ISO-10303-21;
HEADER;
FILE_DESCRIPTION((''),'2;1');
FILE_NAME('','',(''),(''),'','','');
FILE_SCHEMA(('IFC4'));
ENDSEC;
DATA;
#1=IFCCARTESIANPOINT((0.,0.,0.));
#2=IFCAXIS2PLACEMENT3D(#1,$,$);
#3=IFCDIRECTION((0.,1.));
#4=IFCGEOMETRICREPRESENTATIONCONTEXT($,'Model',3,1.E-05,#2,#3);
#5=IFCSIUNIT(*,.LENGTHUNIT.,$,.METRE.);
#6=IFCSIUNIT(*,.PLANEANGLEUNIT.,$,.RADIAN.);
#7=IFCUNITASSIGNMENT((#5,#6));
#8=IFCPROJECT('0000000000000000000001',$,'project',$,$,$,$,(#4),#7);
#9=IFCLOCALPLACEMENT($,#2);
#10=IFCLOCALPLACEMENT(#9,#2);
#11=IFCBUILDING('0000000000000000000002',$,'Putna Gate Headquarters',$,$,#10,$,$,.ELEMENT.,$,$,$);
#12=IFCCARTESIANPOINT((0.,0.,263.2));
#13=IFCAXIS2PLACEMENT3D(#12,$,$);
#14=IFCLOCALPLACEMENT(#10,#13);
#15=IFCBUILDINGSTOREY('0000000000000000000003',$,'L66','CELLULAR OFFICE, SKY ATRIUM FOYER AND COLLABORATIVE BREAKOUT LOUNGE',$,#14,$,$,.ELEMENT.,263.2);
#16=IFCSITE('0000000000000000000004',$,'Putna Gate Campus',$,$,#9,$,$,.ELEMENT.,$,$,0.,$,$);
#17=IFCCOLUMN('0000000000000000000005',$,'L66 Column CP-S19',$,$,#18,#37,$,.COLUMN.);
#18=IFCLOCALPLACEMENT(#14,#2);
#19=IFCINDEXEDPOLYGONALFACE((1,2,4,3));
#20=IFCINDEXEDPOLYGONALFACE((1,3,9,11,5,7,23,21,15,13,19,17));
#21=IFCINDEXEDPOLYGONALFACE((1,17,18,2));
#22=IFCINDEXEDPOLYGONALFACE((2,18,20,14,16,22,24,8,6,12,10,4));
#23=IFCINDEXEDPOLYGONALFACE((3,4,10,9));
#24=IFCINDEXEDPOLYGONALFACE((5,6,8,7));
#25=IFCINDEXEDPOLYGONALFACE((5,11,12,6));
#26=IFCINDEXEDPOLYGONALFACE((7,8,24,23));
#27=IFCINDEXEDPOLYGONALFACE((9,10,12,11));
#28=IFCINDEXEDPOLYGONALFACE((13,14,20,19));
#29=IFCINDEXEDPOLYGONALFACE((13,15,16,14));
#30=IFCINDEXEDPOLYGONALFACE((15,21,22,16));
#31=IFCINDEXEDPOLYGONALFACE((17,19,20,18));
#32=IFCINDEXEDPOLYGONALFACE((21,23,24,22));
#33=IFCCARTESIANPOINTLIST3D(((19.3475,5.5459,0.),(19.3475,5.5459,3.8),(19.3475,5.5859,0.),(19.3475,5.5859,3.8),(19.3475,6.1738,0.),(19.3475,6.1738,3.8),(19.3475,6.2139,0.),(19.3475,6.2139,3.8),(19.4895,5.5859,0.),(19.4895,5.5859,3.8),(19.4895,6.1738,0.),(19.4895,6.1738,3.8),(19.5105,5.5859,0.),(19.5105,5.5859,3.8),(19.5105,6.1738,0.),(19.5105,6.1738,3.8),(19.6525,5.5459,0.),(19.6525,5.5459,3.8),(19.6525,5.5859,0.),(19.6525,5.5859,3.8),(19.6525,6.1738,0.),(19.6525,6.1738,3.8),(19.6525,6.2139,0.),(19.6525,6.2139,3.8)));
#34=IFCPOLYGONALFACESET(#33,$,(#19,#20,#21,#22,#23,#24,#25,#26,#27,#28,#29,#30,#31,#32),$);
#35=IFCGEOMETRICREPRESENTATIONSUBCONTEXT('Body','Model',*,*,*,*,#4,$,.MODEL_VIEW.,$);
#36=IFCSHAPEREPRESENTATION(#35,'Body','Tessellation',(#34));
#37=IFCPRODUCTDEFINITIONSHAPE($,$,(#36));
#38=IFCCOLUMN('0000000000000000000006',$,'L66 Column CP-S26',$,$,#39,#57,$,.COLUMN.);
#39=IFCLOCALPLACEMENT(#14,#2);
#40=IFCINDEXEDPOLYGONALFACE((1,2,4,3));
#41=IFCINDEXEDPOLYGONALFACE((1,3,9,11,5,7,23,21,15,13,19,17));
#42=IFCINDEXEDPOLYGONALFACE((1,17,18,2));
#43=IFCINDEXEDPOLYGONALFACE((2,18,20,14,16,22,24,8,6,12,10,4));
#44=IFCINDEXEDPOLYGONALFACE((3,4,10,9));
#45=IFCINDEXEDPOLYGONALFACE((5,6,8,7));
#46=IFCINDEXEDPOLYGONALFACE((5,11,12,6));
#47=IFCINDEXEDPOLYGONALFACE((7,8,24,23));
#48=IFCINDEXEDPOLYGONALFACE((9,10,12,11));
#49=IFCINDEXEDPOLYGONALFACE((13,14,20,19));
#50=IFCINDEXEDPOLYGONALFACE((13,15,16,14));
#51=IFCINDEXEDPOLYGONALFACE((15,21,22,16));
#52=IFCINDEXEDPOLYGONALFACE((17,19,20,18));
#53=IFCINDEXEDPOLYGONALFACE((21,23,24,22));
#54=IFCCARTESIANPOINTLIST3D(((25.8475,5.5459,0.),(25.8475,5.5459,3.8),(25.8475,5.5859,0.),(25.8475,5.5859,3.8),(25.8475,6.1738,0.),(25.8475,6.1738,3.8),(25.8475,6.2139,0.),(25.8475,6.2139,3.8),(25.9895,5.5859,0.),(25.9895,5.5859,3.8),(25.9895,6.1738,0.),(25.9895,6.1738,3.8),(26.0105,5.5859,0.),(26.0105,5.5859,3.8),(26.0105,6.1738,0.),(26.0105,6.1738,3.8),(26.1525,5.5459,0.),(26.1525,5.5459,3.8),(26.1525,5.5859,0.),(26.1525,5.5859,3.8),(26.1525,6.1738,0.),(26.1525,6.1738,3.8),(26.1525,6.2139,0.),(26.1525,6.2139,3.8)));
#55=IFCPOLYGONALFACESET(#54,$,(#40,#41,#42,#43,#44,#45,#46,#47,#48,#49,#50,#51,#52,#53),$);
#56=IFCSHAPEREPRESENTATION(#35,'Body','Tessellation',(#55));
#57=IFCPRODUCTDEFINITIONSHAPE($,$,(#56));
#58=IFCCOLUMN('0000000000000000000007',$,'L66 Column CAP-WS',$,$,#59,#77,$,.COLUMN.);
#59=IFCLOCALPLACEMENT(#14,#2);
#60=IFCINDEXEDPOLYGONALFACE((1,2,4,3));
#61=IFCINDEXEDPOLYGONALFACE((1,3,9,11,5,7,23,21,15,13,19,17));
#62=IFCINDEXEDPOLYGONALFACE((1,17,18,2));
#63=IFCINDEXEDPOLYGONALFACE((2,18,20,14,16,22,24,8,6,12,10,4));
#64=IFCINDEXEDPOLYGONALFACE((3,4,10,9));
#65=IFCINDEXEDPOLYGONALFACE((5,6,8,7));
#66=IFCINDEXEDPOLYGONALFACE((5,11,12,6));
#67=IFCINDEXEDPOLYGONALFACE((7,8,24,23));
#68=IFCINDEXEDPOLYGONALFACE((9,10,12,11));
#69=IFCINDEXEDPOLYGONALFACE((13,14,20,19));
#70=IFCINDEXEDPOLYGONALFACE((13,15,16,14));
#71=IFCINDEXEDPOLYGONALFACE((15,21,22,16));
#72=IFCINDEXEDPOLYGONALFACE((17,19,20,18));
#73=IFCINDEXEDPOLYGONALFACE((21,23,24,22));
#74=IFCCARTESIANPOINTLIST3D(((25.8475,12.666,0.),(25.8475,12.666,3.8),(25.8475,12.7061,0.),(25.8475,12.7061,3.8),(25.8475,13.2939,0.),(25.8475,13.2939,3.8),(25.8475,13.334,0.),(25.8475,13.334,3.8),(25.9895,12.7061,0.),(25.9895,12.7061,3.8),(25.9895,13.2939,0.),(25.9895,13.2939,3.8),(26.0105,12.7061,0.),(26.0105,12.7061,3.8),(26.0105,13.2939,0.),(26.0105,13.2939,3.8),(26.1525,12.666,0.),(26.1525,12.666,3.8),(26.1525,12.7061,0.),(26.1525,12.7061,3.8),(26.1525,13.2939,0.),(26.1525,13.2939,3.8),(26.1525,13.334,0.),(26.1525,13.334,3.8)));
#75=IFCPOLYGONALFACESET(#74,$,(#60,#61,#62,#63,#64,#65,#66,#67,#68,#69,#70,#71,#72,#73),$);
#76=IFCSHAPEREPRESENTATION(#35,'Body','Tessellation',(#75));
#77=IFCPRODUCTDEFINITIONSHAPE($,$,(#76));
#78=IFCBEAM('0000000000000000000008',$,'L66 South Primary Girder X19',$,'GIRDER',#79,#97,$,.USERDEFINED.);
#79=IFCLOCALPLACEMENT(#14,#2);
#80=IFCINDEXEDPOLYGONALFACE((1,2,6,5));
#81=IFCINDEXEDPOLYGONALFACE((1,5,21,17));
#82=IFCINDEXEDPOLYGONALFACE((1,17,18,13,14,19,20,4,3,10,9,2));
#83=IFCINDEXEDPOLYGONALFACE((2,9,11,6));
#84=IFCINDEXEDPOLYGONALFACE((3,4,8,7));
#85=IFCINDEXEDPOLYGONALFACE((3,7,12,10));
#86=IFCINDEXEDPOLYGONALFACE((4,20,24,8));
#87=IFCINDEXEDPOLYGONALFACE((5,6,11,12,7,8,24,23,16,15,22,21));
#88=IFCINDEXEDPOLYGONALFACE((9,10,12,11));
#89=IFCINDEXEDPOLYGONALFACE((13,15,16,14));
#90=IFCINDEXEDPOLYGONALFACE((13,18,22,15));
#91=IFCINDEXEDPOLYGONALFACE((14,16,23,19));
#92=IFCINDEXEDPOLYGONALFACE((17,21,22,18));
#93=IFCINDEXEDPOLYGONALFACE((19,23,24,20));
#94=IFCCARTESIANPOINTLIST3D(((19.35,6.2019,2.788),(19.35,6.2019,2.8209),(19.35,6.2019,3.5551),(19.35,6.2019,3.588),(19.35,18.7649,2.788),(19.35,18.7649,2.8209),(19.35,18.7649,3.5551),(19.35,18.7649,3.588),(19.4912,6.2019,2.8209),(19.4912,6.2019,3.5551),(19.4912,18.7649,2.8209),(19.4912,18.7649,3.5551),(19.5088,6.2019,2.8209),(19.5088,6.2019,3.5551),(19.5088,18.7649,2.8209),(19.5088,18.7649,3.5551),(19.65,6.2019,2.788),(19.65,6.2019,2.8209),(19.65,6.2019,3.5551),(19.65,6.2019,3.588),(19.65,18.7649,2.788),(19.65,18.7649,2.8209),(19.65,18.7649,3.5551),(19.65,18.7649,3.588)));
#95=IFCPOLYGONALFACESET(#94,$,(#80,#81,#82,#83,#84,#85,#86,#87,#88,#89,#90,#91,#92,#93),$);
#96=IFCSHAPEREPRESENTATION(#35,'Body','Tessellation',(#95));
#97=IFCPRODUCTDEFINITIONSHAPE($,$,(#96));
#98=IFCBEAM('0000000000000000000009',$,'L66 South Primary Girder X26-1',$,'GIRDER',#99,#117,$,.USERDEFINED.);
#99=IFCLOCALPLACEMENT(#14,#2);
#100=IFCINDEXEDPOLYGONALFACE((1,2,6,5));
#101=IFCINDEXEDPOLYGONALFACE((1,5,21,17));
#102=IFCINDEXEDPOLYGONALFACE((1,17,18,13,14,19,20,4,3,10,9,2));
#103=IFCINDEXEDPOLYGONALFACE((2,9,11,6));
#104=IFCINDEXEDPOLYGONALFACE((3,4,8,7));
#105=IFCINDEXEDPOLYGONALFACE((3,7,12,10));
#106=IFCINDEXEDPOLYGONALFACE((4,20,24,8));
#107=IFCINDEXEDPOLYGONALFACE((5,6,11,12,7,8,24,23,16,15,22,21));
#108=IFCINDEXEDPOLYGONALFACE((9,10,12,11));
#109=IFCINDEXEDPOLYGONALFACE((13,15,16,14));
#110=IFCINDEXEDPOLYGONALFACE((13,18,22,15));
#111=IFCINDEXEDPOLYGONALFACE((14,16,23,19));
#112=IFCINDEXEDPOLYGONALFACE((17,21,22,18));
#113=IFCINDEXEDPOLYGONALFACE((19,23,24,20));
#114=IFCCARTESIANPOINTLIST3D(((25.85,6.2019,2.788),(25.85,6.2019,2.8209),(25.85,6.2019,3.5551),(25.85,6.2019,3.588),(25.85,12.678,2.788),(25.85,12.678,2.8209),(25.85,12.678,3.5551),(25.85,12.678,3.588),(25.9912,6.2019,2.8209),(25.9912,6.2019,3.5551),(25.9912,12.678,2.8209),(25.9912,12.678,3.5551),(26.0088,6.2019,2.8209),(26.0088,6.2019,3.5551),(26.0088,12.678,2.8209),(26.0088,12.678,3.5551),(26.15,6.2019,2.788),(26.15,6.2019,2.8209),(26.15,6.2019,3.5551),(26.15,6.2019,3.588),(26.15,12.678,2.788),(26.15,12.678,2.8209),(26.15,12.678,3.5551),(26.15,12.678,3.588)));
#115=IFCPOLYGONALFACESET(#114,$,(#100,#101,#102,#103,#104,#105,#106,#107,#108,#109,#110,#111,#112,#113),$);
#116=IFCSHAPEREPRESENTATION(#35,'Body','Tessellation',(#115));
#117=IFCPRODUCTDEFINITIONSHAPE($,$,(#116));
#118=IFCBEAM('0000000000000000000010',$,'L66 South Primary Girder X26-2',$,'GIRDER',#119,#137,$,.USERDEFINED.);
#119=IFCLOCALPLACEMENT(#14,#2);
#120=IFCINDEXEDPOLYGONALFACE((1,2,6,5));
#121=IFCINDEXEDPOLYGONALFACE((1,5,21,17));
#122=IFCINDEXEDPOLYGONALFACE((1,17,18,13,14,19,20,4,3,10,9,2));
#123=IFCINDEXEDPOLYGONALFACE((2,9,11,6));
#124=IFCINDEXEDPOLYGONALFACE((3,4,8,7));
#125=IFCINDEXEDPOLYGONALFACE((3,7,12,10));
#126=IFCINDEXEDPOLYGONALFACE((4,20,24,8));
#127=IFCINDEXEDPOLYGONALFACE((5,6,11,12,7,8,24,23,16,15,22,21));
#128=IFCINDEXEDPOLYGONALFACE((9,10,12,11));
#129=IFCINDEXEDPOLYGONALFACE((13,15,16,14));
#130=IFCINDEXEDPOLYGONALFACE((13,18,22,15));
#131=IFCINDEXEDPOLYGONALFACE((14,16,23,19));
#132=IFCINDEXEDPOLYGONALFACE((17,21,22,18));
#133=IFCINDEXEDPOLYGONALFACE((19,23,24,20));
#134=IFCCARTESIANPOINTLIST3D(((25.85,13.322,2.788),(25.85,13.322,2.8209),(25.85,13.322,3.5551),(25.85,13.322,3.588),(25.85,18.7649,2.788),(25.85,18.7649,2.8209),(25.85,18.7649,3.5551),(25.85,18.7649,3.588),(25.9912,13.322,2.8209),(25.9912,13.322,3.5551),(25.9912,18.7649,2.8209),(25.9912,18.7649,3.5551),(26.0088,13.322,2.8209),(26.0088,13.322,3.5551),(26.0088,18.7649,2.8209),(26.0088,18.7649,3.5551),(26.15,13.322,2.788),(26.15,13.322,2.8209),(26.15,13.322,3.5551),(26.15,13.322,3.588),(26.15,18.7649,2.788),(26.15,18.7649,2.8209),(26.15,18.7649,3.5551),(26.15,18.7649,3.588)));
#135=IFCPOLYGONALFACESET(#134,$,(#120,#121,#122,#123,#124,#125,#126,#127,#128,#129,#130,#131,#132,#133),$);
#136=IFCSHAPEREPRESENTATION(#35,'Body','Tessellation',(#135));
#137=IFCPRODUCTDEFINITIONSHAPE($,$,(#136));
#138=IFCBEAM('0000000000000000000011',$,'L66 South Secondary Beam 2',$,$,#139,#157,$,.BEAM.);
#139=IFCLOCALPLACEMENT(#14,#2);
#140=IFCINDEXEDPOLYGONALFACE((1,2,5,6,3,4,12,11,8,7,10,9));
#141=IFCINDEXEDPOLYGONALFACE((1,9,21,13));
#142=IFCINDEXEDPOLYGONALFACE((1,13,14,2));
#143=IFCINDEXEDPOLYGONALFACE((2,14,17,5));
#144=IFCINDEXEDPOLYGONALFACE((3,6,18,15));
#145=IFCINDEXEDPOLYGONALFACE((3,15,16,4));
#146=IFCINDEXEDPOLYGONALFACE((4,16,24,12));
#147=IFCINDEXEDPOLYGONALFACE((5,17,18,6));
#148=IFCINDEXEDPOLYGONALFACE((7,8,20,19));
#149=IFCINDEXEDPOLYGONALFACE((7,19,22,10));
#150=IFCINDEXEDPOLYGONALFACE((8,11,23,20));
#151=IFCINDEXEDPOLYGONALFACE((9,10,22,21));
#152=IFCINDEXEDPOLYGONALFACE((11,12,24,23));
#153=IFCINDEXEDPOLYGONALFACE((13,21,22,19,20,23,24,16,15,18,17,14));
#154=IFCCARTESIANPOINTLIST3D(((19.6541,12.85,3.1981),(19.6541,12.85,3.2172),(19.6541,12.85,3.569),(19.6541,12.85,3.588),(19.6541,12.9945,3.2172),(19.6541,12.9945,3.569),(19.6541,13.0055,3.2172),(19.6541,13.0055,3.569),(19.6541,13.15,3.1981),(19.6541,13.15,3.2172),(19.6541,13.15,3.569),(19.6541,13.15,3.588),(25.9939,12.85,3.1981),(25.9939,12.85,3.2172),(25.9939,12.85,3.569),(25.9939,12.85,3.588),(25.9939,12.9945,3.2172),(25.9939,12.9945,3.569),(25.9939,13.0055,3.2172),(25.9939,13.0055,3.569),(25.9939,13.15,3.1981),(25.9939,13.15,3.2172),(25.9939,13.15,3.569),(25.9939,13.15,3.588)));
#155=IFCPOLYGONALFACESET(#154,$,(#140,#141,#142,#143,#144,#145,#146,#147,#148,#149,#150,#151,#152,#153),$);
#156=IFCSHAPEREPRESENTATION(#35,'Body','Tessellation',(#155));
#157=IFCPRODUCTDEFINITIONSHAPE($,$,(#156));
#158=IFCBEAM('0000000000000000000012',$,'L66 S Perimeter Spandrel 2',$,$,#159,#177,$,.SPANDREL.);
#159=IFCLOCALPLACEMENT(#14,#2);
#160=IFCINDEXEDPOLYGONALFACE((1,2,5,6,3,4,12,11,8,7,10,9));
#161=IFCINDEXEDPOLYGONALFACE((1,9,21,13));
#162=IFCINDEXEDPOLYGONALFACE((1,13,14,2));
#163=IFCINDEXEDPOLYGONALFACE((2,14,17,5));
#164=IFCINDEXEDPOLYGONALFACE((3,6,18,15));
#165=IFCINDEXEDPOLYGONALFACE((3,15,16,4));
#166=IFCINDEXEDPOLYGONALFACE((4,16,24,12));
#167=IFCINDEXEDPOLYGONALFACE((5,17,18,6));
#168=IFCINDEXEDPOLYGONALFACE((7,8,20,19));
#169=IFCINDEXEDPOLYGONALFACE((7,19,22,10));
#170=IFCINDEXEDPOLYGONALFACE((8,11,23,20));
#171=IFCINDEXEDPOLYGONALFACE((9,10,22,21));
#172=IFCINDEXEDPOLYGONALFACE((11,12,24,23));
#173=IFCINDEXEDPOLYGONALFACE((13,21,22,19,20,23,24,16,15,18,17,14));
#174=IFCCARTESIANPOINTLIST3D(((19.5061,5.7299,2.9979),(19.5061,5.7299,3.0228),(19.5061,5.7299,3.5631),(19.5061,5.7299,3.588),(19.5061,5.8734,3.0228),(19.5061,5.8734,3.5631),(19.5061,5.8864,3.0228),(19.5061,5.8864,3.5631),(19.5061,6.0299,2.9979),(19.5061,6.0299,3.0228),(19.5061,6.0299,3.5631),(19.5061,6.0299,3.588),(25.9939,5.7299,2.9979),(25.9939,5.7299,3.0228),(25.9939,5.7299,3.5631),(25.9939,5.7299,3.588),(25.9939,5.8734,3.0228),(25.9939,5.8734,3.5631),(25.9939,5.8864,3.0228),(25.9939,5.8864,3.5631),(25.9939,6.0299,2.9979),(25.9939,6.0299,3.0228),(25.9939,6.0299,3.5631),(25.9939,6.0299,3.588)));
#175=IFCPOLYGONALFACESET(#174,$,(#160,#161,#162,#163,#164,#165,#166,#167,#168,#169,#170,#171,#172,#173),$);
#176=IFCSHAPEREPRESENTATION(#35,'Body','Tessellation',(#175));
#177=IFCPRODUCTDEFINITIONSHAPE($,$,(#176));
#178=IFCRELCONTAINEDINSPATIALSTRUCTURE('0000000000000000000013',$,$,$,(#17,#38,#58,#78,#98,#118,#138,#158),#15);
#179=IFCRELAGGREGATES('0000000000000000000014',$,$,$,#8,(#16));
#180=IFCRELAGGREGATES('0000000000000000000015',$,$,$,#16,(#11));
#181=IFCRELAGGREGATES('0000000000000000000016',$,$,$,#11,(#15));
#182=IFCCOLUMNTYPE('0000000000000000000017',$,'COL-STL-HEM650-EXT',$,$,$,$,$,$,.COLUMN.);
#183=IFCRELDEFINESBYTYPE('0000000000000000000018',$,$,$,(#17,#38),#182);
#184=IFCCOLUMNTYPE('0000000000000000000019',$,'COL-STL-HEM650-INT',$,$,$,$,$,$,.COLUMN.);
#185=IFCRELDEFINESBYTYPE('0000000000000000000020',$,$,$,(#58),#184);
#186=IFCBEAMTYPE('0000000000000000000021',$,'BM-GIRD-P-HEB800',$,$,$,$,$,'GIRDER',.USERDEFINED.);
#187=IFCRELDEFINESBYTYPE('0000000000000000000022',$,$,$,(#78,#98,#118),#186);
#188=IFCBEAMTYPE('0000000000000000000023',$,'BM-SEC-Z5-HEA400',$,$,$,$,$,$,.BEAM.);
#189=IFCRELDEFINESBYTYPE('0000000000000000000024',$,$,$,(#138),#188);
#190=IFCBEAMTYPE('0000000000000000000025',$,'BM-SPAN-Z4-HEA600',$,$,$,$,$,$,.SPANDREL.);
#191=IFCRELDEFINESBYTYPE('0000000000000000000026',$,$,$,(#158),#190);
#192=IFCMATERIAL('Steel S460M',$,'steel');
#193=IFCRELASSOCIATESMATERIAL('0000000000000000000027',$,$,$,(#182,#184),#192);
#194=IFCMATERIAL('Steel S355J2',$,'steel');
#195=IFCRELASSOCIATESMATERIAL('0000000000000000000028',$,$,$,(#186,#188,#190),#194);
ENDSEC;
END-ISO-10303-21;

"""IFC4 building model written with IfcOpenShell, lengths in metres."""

from ifc_helpers import new_model, si_unit, direction, frame, origin, origin_2d, place, context, subcontext, project, spatial, i_section, extrude, material, material_profile, profile_set, type_object, element, save


model = new_model("IFC4")

# Units and contexts
model_context = context("Model", 3, precision=1e-05, world=origin(), true_north=direction((0.0, 1.0)))
body_context = subcontext(model_context, "Body", "Model", "MODEL_VIEW")
ifc_project = project(units=[si_unit("LENGTHUNIT", "METRE"), si_unit("PLANEANGLEUNIT", "RADIAN")], contexts=[model_context])

# Site, building, storey
site_placement = place(None, origin())
site = spatial("IfcSite", under=ifc_project, at=site_placement, Name="Putna Gate Campus", CompositionType="ELEMENT", RefElevation=0.0)
building_placement = place(site_placement, origin())
building = spatial("IfcBuilding", under=site, at=building_placement, Name="Putna Gate Headquarters", CompositionType="ELEMENT")
storey_placement = place(building_placement, frame((0.0, 0.0, 263.2)))
storey = spatial("IfcBuildingStorey", under=building, at=storey_placement, Name="L66", Description="CELLULAR OFFICE, SKY ATRIUM FOYER AND COLLABORATIVE BREAKOUT LOUNGE", CompositionType="ELEMENT", Elevation=263.2)

# Columns
ifc_material_1 = material(Name="Steel S460M", Category="steel")
ifc_material_profile_1 = material_profile(ifc_material_1, i_section(OverallWidth=0.3049, OverallDepth=0.668, WebThickness=0.021, FlangeThickness=0.04, at=origin_2d()), Name="Steel S460M")
ifc_profile_set_1 = profile_set([ifc_material_profile_1], Name="Steel S460M")
column_type_1 = type_object("IfcColumnType", Name="COL-STL-HEM650-EXT", PredefinedType="COLUMN", material=ifc_profile_set_1)
for number, where, z_axis, x_axis, name in (
    (1, (19.5, 5.8799, 0.0), (0.0, 0.0, 1.0), (1.0, 0.0, 0.0), "L66 Column CP-S19"),
    (2, (26.0, 5.8799, 0.0), (0.0, 0.0, 1.0), (1.0, 0.0, 0.0), "L66 Column CP-S26"),
):
    element("IfcColumn", number, at=place(storey_placement, frame(where, z_axis=z_axis, x_axis=x_axis)), inside=storey, type_object=column_type_1, Name=name, PredefinedType="COLUMN", context=body_context, shape_type="SweptSolid", body=[
        extrude(i_section(OverallWidth=0.3049, OverallDepth=0.668, WebThickness=0.021, FlangeThickness=0.04, at=origin_2d()), origin(), (0.0, 0.0, 1.0), 3.8),
    ])
ifc_material_profile_2 = material_profile(ifc_material_1, i_section(OverallWidth=0.3049, OverallDepth=0.668, WebThickness=0.021, FlangeThickness=0.04, at=origin_2d()), Name="Steel S460M")
ifc_profile_set_2 = profile_set([ifc_material_profile_2], Name="Steel S460M")
column_type_2 = type_object("IfcColumnType", Name="COL-STL-HEM650-INT", PredefinedType="COLUMN", material=ifc_profile_set_2)
column_placement = place(storey_placement, frame((26.0, 13.0, 0.0), z_axis=(0.0, 0.0, 1.0), x_axis=(1.0, 0.0, 0.0)))
element("IfcColumn", 3, at=column_placement, inside=storey, type_object=column_type_2, Name="L66 Column CAP-WS", PredefinedType="COLUMN", context=body_context, shape_type="SweptSolid", body=[
    extrude(i_section(OverallWidth=0.3049, OverallDepth=0.668, WebThickness=0.021, FlangeThickness=0.04, at=origin_2d()), origin(), (0.0, 0.0, 1.0), 3.8),
])

# Beams
ifc_material_2 = material(Name="Steel S355J2", Category="steel")
ifc_material_profile_3 = material_profile(ifc_material_2, i_section(OverallWidth=0.3, OverallDepth=0.8, WebThickness=0.0176, FlangeThickness=0.033, at=origin_2d()), Name="Steel S355J2")
ifc_profile_set_3 = profile_set([ifc_material_profile_3], Name="Steel S355J2")
beam_type_1 = type_object("IfcBeamType", Name="BM-GIRD-P-HEB800", ElementType="GIRDER", PredefinedType="USERDEFINED", material=ifc_profile_set_3)
beam_1_placement = place(storey_placement, frame((19.5, 6.2019, 3.188), z_axis=(0.0, 1.0, 0.0), x_axis=(-1.0, 0.0, 0.0)))
element("IfcBeam", 4, at=beam_1_placement, inside=storey, type_object=beam_type_1, Name="L66 South Primary Girder X19", ObjectType="GIRDER", PredefinedType="USERDEFINED", context=body_context, shape_type="SweptSolid", body=[
    extrude(i_section(OverallWidth=0.3, OverallDepth=0.8, WebThickness=0.0176, FlangeThickness=0.033, at=origin_2d()), origin(), (0.0, 0.0, 1.0), 12.563),
])
beam_2_placement = place(storey_placement, frame((26.0, 6.2019, 3.188), z_axis=(0.0, 1.0, 0.0), x_axis=(-1.0, 0.0, 0.0)))
element("IfcBeam", 5, at=beam_2_placement, inside=storey, type_object=beam_type_1, Name="L66 South Primary Girder X26-1", ObjectType="GIRDER", PredefinedType="USERDEFINED", context=body_context, shape_type="SweptSolid", body=[
    extrude(i_section(OverallWidth=0.3, OverallDepth=0.8, WebThickness=0.0176, FlangeThickness=0.033, at=origin_2d()), origin(), (0.0, 0.0, 1.0), 6.4761),
])
beam_3_placement = place(storey_placement, frame((26.0, 13.322, 3.188), z_axis=(0.0, 1.0, 0.0), x_axis=(-1.0, 0.0, 0.0)))
element("IfcBeam", 6, at=beam_3_placement, inside=storey, type_object=beam_type_1, Name="L66 South Primary Girder X26-2", ObjectType="GIRDER", PredefinedType="USERDEFINED", context=body_context, shape_type="SweptSolid", body=[
    extrude(i_section(OverallWidth=0.3, OverallDepth=0.8, WebThickness=0.0176, FlangeThickness=0.033, at=origin_2d()), origin(), (0.0, 0.0, 1.0), 5.4429),
])
ifc_material_profile_4 = material_profile(ifc_material_2, i_section(OverallWidth=0.3, OverallDepth=0.3899, WebThickness=0.011, FlangeThickness=0.019, at=origin_2d()), Name="Steel S355J2")
ifc_profile_set_4 = profile_set([ifc_material_profile_4], Name="Steel S355J2")
beam_type_2 = type_object("IfcBeamType", Name="BM-SEC-Z5-HEA400", PredefinedType="BEAM", material=ifc_profile_set_4)
beam_4_placement = place(storey_placement, frame((19.6541, 13.0, 3.3931), z_axis=(1.0, 0.0, 0.0), x_axis=(0.0, 1.0, 0.0)))
element("IfcBeam", 7, at=beam_4_placement, inside=storey, type_object=beam_type_2, Name="L66 South Secondary Beam 2", PredefinedType="BEAM", context=body_context, shape_type="SweptSolid", body=[
    extrude(i_section(OverallWidth=0.3, OverallDepth=0.3899, WebThickness=0.011, FlangeThickness=0.019, at=origin_2d()), origin(), (0.0, 0.0, 1.0), 6.3398),
])
ifc_material_profile_5 = material_profile(ifc_material_2, i_section(OverallWidth=0.3, OverallDepth=0.5901, WebThickness=0.0129, FlangeThickness=0.0249, at=origin_2d()), Name="Steel S355J2")
ifc_profile_set_5 = profile_set([ifc_material_profile_5], Name="Steel S355J2")
beam_type_3 = type_object("IfcBeamType", Name="BM-SPAN-Z4-HEA600", PredefinedType="SPANDREL", material=ifc_profile_set_5)
for number, where, z_axis, x_axis, name in (
    (8, (19.5061, 5.8799, 3.293), (1.0, 0.0, 0.0), (0.0, 1.0, 0.0), "L66 S Perimeter Spandrel 2"),
):
    element("IfcBeam", number, at=place(storey_placement, frame(where, z_axis=z_axis, x_axis=x_axis)), inside=storey, type_object=beam_type_3, Name=name, PredefinedType="SPANDREL", context=body_context, shape_type="SweptSolid", body=[
        extrude(i_section(OverallWidth=0.3, OverallDepth=0.5901, WebThickness=0.0129, FlangeThickness=0.0249, at=origin_2d()), origin(), (0.0, 0.0, 1.0), 6.4878),
    ])

save(model, "model.ifc")
